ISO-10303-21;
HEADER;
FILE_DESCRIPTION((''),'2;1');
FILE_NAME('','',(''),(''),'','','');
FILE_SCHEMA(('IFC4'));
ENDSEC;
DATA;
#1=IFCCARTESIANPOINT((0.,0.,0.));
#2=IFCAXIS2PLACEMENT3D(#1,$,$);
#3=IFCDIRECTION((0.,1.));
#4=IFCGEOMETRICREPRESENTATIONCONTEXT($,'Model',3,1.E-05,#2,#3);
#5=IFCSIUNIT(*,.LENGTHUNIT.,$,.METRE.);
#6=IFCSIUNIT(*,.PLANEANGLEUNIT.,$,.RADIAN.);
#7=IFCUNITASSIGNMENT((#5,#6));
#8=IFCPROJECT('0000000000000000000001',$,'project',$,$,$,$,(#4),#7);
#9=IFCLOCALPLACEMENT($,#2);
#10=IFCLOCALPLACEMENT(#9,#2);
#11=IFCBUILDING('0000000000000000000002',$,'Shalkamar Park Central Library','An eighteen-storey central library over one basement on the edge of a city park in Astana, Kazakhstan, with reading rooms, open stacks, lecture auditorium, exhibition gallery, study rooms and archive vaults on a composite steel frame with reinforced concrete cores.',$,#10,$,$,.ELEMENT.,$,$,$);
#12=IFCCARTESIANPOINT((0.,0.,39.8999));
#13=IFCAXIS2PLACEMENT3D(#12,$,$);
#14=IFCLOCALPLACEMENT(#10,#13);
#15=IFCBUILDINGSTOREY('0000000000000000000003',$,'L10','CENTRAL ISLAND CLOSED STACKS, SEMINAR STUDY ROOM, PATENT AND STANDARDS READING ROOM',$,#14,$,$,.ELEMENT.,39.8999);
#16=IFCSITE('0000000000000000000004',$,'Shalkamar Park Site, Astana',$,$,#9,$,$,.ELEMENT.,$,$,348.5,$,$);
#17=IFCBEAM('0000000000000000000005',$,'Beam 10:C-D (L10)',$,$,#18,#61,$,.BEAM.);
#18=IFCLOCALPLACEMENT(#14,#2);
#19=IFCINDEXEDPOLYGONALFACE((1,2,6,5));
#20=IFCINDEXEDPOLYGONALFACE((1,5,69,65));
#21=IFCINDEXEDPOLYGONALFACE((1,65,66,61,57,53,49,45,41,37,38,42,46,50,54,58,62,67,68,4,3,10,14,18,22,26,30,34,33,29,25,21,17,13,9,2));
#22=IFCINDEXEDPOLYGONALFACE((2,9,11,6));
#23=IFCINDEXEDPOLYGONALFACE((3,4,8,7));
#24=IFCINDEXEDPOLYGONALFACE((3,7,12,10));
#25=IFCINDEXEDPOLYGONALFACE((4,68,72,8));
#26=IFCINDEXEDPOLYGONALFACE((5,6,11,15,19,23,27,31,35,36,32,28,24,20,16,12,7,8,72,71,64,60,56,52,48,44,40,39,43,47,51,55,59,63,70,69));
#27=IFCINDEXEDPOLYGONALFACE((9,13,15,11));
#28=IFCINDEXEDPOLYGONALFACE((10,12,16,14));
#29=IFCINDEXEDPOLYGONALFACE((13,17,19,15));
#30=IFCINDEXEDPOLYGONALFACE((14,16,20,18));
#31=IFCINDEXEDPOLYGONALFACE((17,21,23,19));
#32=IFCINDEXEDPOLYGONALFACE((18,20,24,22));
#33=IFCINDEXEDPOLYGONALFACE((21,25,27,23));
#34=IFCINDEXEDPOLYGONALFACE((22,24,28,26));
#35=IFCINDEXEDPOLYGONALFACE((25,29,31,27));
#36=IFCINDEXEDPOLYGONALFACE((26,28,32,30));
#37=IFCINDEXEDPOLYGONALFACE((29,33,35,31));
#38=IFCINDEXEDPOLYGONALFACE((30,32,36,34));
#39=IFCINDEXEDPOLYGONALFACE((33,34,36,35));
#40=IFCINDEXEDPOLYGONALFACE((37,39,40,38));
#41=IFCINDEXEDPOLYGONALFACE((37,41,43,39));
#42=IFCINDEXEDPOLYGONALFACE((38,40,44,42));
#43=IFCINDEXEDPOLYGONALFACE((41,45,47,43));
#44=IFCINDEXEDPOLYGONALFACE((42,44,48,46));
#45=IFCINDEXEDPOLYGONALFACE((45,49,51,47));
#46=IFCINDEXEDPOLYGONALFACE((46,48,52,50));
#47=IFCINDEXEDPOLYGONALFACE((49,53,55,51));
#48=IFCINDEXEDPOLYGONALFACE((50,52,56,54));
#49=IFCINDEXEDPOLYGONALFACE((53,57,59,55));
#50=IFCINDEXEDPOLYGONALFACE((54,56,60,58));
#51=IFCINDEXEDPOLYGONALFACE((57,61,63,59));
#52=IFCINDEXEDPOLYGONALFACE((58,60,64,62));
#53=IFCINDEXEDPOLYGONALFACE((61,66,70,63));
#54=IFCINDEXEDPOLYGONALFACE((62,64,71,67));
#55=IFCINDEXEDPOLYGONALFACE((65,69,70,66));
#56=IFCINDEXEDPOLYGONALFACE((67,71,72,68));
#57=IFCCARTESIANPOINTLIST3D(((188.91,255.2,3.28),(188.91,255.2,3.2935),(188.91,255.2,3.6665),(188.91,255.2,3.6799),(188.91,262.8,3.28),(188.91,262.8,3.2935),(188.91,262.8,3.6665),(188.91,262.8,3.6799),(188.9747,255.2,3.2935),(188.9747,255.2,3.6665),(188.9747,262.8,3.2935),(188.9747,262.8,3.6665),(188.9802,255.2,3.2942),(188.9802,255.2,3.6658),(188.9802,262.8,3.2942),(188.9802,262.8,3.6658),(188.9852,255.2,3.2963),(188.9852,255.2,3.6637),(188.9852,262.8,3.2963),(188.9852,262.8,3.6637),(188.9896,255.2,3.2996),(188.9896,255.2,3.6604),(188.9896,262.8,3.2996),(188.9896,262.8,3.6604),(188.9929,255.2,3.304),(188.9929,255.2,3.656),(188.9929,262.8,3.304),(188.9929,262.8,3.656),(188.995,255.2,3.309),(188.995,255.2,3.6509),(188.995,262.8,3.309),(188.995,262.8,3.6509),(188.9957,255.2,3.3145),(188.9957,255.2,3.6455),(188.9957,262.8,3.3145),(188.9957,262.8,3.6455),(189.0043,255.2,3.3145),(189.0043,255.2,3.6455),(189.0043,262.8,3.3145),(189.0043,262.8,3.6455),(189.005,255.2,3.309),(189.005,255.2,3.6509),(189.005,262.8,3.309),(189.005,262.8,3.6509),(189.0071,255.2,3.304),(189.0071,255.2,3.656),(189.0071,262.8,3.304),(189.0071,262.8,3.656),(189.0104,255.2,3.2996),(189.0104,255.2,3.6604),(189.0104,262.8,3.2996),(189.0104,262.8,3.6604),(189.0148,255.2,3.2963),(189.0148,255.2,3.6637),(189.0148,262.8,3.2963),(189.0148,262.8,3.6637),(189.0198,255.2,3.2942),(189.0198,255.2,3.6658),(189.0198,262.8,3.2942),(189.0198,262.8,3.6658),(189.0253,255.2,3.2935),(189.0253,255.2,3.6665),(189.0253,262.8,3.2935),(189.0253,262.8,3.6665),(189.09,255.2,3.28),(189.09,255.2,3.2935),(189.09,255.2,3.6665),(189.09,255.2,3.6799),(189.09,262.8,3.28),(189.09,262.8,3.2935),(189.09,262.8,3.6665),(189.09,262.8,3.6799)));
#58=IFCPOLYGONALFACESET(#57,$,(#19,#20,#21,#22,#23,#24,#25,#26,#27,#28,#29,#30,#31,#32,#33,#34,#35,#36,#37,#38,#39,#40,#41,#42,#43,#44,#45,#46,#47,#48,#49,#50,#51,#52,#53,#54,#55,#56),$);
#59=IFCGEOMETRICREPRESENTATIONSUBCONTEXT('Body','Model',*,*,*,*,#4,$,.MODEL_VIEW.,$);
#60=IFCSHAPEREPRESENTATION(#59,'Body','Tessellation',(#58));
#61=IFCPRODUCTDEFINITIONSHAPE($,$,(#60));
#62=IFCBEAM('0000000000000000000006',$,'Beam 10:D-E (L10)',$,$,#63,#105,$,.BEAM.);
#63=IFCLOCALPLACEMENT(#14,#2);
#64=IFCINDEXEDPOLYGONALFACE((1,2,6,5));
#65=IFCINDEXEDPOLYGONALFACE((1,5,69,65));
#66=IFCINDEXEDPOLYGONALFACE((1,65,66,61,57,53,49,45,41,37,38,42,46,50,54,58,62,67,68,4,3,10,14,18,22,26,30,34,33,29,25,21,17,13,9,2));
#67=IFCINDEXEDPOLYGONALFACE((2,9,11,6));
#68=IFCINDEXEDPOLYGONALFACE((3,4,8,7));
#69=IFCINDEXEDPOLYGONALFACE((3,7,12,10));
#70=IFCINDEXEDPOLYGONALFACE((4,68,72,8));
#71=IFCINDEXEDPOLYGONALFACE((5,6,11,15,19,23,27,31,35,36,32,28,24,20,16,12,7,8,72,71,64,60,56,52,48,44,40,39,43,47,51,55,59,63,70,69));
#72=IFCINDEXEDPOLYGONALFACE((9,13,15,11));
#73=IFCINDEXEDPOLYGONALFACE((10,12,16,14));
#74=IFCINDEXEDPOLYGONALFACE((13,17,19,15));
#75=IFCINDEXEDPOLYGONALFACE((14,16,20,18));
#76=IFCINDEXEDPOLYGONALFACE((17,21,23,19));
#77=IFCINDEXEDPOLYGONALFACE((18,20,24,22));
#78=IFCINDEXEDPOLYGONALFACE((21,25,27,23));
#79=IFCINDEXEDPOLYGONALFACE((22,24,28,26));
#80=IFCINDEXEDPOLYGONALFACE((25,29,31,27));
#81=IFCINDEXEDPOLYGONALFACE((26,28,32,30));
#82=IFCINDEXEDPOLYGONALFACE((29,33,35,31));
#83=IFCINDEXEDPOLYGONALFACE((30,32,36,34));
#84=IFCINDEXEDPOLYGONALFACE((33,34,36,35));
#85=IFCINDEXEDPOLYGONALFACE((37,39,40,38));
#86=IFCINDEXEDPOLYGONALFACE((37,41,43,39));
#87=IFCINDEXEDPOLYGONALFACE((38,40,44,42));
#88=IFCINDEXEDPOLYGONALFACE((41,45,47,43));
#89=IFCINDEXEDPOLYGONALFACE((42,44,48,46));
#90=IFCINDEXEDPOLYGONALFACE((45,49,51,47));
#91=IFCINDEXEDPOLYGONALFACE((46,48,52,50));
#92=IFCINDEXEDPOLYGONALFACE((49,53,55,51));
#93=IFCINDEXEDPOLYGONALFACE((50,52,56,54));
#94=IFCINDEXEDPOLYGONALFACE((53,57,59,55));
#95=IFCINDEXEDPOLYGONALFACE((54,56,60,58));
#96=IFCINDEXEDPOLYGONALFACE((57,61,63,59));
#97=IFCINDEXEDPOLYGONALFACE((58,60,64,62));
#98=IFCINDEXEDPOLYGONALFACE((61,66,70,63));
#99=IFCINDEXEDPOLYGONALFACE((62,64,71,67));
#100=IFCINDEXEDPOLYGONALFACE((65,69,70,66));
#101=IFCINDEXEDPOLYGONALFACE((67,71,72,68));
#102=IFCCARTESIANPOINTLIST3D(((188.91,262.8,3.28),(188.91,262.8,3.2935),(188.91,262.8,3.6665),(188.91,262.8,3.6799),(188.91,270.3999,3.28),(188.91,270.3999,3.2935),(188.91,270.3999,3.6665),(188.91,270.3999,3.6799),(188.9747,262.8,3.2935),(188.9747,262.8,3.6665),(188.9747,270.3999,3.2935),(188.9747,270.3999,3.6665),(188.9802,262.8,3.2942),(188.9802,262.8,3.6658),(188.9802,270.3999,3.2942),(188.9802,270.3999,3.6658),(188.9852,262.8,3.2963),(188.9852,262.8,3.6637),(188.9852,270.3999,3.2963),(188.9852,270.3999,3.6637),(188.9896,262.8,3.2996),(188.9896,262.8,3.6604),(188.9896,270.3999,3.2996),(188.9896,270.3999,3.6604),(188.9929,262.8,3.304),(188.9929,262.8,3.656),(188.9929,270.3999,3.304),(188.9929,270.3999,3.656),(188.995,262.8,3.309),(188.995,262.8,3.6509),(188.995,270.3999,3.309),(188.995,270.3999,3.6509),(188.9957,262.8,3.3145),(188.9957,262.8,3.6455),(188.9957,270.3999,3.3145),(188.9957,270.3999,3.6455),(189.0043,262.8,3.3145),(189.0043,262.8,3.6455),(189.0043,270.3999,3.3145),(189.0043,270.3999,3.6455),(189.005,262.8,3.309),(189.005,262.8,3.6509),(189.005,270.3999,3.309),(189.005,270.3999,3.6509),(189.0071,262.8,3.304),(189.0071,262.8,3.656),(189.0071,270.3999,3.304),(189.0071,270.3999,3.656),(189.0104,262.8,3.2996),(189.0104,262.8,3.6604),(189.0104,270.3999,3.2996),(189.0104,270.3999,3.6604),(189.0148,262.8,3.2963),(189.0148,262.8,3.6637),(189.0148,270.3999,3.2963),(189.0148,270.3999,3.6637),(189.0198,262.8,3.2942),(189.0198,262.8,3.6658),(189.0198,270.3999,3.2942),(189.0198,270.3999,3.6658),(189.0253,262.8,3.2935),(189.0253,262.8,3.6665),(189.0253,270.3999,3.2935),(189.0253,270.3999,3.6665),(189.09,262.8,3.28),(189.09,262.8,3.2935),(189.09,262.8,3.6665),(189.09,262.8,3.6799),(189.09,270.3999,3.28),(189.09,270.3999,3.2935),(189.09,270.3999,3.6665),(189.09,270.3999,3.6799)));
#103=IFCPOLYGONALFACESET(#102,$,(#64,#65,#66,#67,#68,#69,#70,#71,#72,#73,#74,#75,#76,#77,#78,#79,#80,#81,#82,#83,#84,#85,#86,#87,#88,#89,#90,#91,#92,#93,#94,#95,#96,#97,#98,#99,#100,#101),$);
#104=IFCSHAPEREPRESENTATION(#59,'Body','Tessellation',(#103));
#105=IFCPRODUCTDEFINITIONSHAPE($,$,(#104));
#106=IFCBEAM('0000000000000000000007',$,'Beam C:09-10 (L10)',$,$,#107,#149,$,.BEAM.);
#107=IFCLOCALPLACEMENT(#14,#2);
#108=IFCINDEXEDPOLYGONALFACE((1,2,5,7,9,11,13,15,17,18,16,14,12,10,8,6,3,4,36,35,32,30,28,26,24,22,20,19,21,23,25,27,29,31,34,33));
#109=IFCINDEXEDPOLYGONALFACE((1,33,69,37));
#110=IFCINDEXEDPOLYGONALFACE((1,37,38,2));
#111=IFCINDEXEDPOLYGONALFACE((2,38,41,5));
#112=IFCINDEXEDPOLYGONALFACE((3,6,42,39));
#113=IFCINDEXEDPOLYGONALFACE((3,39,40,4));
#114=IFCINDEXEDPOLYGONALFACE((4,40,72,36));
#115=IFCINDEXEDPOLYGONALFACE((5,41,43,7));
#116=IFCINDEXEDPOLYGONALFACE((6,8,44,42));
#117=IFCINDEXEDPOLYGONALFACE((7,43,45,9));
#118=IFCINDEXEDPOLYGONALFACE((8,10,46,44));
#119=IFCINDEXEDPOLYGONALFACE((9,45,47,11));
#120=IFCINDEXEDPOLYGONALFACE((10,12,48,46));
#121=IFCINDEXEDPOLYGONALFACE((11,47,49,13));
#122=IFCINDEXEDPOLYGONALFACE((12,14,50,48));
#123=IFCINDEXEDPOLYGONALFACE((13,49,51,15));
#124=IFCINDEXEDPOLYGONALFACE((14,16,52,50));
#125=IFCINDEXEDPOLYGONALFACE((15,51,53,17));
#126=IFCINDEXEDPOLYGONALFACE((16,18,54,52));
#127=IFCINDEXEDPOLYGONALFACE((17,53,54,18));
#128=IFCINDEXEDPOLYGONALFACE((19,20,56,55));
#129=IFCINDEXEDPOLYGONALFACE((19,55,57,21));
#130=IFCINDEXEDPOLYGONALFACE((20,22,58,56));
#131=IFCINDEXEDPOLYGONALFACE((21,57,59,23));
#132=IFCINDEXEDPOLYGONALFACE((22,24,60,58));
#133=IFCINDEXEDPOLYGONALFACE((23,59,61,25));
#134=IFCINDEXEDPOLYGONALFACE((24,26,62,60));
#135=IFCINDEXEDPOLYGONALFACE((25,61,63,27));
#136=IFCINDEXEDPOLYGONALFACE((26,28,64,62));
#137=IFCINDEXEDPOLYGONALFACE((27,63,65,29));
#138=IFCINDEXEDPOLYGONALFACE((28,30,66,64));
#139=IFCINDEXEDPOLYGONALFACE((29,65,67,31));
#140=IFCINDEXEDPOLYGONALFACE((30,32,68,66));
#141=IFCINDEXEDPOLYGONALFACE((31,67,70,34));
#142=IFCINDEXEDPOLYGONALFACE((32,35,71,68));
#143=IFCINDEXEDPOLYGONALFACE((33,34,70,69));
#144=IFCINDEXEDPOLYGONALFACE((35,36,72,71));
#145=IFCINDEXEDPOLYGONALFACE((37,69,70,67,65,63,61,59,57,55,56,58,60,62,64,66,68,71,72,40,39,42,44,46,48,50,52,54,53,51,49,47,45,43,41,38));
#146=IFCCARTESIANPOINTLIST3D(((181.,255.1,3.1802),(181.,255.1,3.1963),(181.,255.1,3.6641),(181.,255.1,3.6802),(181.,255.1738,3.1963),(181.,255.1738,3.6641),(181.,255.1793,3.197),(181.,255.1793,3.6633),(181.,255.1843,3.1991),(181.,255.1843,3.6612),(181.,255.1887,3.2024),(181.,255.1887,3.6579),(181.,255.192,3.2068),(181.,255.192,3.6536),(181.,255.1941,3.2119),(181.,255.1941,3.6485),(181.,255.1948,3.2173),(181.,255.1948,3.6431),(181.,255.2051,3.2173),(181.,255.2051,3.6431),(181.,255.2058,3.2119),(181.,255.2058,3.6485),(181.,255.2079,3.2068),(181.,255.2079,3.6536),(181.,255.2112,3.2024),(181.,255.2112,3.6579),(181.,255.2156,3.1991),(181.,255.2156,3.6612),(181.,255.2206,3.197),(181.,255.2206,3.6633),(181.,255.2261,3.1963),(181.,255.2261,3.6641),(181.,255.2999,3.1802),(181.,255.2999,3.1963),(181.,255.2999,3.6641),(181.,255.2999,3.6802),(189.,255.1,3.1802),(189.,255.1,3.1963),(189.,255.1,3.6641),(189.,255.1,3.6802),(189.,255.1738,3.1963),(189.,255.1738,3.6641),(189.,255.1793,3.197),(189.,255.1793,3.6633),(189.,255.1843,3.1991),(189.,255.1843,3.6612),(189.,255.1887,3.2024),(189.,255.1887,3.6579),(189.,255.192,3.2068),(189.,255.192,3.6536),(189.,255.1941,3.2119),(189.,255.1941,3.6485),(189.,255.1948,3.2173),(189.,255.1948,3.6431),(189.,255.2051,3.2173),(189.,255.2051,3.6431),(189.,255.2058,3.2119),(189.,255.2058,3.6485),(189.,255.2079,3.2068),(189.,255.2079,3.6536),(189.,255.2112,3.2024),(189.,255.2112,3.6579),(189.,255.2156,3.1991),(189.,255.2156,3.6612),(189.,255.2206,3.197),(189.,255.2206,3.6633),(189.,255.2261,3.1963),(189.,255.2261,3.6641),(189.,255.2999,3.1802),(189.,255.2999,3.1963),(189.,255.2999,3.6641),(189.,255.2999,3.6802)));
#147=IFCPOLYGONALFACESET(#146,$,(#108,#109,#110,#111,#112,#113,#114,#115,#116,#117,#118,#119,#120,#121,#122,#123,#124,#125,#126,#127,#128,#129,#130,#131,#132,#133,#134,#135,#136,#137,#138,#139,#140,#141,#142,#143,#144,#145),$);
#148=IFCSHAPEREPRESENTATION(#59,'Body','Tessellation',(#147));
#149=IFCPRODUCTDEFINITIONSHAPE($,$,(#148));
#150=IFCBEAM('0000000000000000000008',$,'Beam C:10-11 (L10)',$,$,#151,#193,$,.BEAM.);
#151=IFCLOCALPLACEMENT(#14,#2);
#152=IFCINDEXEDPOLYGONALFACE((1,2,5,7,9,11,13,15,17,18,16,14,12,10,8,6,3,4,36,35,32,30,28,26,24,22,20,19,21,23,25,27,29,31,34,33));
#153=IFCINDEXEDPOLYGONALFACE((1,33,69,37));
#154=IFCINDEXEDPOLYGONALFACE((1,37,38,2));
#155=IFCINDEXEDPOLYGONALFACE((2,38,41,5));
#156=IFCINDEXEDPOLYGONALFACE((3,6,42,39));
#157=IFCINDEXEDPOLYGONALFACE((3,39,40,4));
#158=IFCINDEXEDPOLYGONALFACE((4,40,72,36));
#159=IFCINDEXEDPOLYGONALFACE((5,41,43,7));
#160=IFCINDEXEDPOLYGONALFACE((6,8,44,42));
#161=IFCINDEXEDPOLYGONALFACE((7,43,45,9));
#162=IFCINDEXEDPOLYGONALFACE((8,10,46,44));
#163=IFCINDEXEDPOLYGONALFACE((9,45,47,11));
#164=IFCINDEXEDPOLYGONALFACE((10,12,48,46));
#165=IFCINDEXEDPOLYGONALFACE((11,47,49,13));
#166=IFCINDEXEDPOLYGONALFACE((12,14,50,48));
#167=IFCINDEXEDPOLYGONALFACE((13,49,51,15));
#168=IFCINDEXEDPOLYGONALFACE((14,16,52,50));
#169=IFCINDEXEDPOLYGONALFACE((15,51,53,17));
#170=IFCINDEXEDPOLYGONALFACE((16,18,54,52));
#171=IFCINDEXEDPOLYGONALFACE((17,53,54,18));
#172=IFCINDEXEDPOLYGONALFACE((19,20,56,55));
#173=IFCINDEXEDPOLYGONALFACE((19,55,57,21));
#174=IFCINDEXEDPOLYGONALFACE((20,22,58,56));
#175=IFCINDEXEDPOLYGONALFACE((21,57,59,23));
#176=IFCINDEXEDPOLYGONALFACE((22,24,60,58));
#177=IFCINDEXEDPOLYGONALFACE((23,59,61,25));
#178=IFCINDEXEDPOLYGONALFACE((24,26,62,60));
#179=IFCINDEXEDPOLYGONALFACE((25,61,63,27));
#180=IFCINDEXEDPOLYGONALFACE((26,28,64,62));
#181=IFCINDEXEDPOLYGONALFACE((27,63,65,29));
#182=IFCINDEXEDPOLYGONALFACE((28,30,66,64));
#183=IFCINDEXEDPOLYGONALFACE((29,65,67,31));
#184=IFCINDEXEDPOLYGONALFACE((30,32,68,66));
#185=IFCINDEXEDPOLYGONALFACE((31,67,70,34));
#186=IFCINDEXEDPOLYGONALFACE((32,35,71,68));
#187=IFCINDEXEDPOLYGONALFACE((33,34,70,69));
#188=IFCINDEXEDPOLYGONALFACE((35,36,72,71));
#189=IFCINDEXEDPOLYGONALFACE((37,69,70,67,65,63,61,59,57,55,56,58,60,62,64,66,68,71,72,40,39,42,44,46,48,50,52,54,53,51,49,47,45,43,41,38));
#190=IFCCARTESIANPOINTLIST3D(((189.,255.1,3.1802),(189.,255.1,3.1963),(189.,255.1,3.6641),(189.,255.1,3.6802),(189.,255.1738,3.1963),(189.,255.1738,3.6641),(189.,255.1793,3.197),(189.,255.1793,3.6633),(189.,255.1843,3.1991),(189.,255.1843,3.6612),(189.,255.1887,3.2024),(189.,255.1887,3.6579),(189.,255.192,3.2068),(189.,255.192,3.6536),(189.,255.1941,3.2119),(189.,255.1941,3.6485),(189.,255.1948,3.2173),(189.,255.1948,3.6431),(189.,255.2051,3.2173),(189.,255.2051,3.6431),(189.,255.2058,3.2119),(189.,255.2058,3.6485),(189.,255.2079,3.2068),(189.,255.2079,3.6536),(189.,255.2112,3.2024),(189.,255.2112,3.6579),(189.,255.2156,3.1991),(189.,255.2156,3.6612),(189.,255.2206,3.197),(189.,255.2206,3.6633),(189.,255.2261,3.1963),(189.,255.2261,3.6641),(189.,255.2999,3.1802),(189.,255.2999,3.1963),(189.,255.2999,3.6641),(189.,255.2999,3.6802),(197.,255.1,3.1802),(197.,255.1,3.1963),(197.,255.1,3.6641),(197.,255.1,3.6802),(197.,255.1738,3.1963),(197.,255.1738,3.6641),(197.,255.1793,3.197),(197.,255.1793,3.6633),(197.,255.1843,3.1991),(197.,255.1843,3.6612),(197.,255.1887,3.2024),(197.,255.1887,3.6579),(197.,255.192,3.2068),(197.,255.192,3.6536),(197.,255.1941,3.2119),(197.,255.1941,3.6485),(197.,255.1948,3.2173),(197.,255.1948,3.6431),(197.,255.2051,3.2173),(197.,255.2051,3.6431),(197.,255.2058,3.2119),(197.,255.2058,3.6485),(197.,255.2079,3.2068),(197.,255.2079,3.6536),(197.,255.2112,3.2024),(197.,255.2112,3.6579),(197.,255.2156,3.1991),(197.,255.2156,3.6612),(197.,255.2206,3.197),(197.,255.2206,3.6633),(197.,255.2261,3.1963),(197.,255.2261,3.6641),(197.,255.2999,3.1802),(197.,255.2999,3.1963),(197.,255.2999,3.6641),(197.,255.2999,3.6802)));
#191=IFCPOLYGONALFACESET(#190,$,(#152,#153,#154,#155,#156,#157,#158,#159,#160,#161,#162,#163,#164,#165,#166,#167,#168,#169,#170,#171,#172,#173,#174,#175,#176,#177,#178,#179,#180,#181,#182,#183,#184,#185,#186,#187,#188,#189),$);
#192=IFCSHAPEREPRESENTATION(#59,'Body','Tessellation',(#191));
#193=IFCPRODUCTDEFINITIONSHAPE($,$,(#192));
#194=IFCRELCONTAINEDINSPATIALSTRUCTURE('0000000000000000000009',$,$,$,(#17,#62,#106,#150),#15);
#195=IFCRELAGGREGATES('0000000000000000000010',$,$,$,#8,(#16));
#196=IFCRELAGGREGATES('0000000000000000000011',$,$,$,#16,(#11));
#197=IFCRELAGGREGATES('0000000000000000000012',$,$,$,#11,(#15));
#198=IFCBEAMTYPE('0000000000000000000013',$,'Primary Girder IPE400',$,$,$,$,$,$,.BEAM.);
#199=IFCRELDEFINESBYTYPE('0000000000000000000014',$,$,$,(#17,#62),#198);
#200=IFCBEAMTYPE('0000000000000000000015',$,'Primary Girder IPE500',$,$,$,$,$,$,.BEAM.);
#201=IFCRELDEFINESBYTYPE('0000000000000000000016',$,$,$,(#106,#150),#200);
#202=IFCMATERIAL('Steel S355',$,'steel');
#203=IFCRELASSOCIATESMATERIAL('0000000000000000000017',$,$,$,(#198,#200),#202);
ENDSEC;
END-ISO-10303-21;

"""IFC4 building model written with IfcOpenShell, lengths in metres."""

from ifc_helpers import new_model, si_unit, direction, frame, origin, origin_2d, place, context, subcontext, project, spatial, i_section, extrude, material, material_profile, profile_set, type_object, element, save


model = new_model("IFC4")

# Units and contexts
model_context = context("Model", 3, precision=1e-05, world=origin(), true_north=direction((0.0, 1.0)))
body_context = subcontext(model_context, "Body", "Model", "MODEL_VIEW")
ifc_project = project(units=[si_unit("LENGTHUNIT", "METRE"), si_unit("PLANEANGLEUNIT", "RADIAN")], contexts=[model_context])

# Site, building, storey
site_placement = place(None, origin())
site = spatial("IfcSite", under=ifc_project, at=site_placement, Name="Shalkamar Park Site, Astana", CompositionType="ELEMENT", RefElevation=348.5)
building_placement = place(site_placement, origin())
building = spatial("IfcBuilding", under=site, at=building_placement, Name="Shalkamar Park Central Library", Description="An eighteen-storey central library over one basement on the edge of a city park in Astana, Kazakhstan, with reading rooms, open stacks, lecture auditorium, exhibition gallery, study rooms and archive vaults on a composite steel frame with reinforced concrete cores.", CompositionType="ELEMENT")
storey_placement = place(building_placement, frame((0.0, 0.0, 39.8999)))
storey = spatial("IfcBuildingStorey", under=building, at=storey_placement, Name="L10", Description="CENTRAL ISLAND CLOSED STACKS, SEMINAR STUDY ROOM, PATENT AND STANDARDS READING ROOM", CompositionType="ELEMENT", Elevation=39.8999)

# Shared definitions
ifc_material_1 = material(Name="Steel S355", Category="steel")

# Beams
ifc_material_profile_1 = material_profile(ifc_material_1, i_section(OverallWidth=0.1799, OverallDepth=0.3999, WebThickness=0.0085, FlangeThickness=0.0134, FilletRadius=0.021, at=origin_2d()), Name="IPE 400")
ifc_profile_set_1 = profile_set([ifc_material_profile_1], Name="Steel S355")
beam_type_1 = type_object("IfcBeamType", Name="Primary Girder IPE400", PredefinedType="BEAM", material=ifc_profile_set_1)
beam_1_placement = place(storey_placement, frame((189.0, 255.2, 3.48), z_axis=(0.0, 1.0, 0.0), x_axis=(-1.0, 0.0, 0.0)))
element("IfcBeam", 1, at=beam_1_placement, inside=storey, type_object=beam_type_1, Name="Beam 10:C-D (L10)", PredefinedType="BEAM", context=body_context, shape_type="SweptSolid", body=[
    extrude(i_section(OverallWidth=0.1799, OverallDepth=0.3999, WebThickness=0.0085, FlangeThickness=0.0134, FilletRadius=0.021, at=origin_2d()), origin(), (0.0, 0.0, 1.0), 7.6001),
])
beam_2_placement = place(storey_placement, frame((189.0, 262.8, 3.48), z_axis=(0.0, 1.0, 0.0), x_axis=(-1.0, 0.0, 0.0)))
element("IfcBeam", 2, at=beam_2_placement, inside=storey, type_object=beam_type_1, Name="Beam 10:D-E (L10)", PredefinedType="BEAM", context=body_context, shape_type="SweptSolid", body=[
    extrude(i_section(OverallWidth=0.1799, OverallDepth=0.3999, WebThickness=0.0085, FlangeThickness=0.0134, FilletRadius=0.021, at=origin_2d()), origin(), (0.0, 0.0, 1.0), 7.5999),
])
ifc_material_profile_2 = material_profile(ifc_material_1, i_section(OverallWidth=0.2, OverallDepth=0.5, WebThickness=0.0103, FlangeThickness=0.0161, FilletRadius=0.021, at=origin_2d()), Name="IPE 500")
ifc_profile_set_2 = profile_set([ifc_material_profile_2], Name="Steel S355")
beam_type_2 = type_object("IfcBeamType", Name="Primary Girder IPE500", PredefinedType="BEAM", material=ifc_profile_set_2)
for number, where, z_axis, x_axis, name in (
    (3, (181.0, 255.2, 3.4302), (1.0, 0.0, 0.0), (0.0, 1.0, 0.0), "Beam C:09-10 (L10)"),
    (4, (189.0, 255.2, 3.4302), (1.0, 0.0, 0.0), (0.0, 1.0, 0.0), "Beam C:10-11 (L10)"),
):
    element("IfcBeam", number, at=place(storey_placement, frame(where, z_axis=z_axis, x_axis=x_axis)), inside=storey, type_object=beam_type_2, Name=name, PredefinedType="BEAM", context=body_context, shape_type="SweptSolid", body=[
        extrude(i_section(OverallWidth=0.2, OverallDepth=0.5, WebThickness=0.0103, FlangeThickness=0.0161, FilletRadius=0.021, at=origin_2d()), origin(), (0.0, 0.0, 1.0), 8.0),
    ])

save(model, "model.ifc")
